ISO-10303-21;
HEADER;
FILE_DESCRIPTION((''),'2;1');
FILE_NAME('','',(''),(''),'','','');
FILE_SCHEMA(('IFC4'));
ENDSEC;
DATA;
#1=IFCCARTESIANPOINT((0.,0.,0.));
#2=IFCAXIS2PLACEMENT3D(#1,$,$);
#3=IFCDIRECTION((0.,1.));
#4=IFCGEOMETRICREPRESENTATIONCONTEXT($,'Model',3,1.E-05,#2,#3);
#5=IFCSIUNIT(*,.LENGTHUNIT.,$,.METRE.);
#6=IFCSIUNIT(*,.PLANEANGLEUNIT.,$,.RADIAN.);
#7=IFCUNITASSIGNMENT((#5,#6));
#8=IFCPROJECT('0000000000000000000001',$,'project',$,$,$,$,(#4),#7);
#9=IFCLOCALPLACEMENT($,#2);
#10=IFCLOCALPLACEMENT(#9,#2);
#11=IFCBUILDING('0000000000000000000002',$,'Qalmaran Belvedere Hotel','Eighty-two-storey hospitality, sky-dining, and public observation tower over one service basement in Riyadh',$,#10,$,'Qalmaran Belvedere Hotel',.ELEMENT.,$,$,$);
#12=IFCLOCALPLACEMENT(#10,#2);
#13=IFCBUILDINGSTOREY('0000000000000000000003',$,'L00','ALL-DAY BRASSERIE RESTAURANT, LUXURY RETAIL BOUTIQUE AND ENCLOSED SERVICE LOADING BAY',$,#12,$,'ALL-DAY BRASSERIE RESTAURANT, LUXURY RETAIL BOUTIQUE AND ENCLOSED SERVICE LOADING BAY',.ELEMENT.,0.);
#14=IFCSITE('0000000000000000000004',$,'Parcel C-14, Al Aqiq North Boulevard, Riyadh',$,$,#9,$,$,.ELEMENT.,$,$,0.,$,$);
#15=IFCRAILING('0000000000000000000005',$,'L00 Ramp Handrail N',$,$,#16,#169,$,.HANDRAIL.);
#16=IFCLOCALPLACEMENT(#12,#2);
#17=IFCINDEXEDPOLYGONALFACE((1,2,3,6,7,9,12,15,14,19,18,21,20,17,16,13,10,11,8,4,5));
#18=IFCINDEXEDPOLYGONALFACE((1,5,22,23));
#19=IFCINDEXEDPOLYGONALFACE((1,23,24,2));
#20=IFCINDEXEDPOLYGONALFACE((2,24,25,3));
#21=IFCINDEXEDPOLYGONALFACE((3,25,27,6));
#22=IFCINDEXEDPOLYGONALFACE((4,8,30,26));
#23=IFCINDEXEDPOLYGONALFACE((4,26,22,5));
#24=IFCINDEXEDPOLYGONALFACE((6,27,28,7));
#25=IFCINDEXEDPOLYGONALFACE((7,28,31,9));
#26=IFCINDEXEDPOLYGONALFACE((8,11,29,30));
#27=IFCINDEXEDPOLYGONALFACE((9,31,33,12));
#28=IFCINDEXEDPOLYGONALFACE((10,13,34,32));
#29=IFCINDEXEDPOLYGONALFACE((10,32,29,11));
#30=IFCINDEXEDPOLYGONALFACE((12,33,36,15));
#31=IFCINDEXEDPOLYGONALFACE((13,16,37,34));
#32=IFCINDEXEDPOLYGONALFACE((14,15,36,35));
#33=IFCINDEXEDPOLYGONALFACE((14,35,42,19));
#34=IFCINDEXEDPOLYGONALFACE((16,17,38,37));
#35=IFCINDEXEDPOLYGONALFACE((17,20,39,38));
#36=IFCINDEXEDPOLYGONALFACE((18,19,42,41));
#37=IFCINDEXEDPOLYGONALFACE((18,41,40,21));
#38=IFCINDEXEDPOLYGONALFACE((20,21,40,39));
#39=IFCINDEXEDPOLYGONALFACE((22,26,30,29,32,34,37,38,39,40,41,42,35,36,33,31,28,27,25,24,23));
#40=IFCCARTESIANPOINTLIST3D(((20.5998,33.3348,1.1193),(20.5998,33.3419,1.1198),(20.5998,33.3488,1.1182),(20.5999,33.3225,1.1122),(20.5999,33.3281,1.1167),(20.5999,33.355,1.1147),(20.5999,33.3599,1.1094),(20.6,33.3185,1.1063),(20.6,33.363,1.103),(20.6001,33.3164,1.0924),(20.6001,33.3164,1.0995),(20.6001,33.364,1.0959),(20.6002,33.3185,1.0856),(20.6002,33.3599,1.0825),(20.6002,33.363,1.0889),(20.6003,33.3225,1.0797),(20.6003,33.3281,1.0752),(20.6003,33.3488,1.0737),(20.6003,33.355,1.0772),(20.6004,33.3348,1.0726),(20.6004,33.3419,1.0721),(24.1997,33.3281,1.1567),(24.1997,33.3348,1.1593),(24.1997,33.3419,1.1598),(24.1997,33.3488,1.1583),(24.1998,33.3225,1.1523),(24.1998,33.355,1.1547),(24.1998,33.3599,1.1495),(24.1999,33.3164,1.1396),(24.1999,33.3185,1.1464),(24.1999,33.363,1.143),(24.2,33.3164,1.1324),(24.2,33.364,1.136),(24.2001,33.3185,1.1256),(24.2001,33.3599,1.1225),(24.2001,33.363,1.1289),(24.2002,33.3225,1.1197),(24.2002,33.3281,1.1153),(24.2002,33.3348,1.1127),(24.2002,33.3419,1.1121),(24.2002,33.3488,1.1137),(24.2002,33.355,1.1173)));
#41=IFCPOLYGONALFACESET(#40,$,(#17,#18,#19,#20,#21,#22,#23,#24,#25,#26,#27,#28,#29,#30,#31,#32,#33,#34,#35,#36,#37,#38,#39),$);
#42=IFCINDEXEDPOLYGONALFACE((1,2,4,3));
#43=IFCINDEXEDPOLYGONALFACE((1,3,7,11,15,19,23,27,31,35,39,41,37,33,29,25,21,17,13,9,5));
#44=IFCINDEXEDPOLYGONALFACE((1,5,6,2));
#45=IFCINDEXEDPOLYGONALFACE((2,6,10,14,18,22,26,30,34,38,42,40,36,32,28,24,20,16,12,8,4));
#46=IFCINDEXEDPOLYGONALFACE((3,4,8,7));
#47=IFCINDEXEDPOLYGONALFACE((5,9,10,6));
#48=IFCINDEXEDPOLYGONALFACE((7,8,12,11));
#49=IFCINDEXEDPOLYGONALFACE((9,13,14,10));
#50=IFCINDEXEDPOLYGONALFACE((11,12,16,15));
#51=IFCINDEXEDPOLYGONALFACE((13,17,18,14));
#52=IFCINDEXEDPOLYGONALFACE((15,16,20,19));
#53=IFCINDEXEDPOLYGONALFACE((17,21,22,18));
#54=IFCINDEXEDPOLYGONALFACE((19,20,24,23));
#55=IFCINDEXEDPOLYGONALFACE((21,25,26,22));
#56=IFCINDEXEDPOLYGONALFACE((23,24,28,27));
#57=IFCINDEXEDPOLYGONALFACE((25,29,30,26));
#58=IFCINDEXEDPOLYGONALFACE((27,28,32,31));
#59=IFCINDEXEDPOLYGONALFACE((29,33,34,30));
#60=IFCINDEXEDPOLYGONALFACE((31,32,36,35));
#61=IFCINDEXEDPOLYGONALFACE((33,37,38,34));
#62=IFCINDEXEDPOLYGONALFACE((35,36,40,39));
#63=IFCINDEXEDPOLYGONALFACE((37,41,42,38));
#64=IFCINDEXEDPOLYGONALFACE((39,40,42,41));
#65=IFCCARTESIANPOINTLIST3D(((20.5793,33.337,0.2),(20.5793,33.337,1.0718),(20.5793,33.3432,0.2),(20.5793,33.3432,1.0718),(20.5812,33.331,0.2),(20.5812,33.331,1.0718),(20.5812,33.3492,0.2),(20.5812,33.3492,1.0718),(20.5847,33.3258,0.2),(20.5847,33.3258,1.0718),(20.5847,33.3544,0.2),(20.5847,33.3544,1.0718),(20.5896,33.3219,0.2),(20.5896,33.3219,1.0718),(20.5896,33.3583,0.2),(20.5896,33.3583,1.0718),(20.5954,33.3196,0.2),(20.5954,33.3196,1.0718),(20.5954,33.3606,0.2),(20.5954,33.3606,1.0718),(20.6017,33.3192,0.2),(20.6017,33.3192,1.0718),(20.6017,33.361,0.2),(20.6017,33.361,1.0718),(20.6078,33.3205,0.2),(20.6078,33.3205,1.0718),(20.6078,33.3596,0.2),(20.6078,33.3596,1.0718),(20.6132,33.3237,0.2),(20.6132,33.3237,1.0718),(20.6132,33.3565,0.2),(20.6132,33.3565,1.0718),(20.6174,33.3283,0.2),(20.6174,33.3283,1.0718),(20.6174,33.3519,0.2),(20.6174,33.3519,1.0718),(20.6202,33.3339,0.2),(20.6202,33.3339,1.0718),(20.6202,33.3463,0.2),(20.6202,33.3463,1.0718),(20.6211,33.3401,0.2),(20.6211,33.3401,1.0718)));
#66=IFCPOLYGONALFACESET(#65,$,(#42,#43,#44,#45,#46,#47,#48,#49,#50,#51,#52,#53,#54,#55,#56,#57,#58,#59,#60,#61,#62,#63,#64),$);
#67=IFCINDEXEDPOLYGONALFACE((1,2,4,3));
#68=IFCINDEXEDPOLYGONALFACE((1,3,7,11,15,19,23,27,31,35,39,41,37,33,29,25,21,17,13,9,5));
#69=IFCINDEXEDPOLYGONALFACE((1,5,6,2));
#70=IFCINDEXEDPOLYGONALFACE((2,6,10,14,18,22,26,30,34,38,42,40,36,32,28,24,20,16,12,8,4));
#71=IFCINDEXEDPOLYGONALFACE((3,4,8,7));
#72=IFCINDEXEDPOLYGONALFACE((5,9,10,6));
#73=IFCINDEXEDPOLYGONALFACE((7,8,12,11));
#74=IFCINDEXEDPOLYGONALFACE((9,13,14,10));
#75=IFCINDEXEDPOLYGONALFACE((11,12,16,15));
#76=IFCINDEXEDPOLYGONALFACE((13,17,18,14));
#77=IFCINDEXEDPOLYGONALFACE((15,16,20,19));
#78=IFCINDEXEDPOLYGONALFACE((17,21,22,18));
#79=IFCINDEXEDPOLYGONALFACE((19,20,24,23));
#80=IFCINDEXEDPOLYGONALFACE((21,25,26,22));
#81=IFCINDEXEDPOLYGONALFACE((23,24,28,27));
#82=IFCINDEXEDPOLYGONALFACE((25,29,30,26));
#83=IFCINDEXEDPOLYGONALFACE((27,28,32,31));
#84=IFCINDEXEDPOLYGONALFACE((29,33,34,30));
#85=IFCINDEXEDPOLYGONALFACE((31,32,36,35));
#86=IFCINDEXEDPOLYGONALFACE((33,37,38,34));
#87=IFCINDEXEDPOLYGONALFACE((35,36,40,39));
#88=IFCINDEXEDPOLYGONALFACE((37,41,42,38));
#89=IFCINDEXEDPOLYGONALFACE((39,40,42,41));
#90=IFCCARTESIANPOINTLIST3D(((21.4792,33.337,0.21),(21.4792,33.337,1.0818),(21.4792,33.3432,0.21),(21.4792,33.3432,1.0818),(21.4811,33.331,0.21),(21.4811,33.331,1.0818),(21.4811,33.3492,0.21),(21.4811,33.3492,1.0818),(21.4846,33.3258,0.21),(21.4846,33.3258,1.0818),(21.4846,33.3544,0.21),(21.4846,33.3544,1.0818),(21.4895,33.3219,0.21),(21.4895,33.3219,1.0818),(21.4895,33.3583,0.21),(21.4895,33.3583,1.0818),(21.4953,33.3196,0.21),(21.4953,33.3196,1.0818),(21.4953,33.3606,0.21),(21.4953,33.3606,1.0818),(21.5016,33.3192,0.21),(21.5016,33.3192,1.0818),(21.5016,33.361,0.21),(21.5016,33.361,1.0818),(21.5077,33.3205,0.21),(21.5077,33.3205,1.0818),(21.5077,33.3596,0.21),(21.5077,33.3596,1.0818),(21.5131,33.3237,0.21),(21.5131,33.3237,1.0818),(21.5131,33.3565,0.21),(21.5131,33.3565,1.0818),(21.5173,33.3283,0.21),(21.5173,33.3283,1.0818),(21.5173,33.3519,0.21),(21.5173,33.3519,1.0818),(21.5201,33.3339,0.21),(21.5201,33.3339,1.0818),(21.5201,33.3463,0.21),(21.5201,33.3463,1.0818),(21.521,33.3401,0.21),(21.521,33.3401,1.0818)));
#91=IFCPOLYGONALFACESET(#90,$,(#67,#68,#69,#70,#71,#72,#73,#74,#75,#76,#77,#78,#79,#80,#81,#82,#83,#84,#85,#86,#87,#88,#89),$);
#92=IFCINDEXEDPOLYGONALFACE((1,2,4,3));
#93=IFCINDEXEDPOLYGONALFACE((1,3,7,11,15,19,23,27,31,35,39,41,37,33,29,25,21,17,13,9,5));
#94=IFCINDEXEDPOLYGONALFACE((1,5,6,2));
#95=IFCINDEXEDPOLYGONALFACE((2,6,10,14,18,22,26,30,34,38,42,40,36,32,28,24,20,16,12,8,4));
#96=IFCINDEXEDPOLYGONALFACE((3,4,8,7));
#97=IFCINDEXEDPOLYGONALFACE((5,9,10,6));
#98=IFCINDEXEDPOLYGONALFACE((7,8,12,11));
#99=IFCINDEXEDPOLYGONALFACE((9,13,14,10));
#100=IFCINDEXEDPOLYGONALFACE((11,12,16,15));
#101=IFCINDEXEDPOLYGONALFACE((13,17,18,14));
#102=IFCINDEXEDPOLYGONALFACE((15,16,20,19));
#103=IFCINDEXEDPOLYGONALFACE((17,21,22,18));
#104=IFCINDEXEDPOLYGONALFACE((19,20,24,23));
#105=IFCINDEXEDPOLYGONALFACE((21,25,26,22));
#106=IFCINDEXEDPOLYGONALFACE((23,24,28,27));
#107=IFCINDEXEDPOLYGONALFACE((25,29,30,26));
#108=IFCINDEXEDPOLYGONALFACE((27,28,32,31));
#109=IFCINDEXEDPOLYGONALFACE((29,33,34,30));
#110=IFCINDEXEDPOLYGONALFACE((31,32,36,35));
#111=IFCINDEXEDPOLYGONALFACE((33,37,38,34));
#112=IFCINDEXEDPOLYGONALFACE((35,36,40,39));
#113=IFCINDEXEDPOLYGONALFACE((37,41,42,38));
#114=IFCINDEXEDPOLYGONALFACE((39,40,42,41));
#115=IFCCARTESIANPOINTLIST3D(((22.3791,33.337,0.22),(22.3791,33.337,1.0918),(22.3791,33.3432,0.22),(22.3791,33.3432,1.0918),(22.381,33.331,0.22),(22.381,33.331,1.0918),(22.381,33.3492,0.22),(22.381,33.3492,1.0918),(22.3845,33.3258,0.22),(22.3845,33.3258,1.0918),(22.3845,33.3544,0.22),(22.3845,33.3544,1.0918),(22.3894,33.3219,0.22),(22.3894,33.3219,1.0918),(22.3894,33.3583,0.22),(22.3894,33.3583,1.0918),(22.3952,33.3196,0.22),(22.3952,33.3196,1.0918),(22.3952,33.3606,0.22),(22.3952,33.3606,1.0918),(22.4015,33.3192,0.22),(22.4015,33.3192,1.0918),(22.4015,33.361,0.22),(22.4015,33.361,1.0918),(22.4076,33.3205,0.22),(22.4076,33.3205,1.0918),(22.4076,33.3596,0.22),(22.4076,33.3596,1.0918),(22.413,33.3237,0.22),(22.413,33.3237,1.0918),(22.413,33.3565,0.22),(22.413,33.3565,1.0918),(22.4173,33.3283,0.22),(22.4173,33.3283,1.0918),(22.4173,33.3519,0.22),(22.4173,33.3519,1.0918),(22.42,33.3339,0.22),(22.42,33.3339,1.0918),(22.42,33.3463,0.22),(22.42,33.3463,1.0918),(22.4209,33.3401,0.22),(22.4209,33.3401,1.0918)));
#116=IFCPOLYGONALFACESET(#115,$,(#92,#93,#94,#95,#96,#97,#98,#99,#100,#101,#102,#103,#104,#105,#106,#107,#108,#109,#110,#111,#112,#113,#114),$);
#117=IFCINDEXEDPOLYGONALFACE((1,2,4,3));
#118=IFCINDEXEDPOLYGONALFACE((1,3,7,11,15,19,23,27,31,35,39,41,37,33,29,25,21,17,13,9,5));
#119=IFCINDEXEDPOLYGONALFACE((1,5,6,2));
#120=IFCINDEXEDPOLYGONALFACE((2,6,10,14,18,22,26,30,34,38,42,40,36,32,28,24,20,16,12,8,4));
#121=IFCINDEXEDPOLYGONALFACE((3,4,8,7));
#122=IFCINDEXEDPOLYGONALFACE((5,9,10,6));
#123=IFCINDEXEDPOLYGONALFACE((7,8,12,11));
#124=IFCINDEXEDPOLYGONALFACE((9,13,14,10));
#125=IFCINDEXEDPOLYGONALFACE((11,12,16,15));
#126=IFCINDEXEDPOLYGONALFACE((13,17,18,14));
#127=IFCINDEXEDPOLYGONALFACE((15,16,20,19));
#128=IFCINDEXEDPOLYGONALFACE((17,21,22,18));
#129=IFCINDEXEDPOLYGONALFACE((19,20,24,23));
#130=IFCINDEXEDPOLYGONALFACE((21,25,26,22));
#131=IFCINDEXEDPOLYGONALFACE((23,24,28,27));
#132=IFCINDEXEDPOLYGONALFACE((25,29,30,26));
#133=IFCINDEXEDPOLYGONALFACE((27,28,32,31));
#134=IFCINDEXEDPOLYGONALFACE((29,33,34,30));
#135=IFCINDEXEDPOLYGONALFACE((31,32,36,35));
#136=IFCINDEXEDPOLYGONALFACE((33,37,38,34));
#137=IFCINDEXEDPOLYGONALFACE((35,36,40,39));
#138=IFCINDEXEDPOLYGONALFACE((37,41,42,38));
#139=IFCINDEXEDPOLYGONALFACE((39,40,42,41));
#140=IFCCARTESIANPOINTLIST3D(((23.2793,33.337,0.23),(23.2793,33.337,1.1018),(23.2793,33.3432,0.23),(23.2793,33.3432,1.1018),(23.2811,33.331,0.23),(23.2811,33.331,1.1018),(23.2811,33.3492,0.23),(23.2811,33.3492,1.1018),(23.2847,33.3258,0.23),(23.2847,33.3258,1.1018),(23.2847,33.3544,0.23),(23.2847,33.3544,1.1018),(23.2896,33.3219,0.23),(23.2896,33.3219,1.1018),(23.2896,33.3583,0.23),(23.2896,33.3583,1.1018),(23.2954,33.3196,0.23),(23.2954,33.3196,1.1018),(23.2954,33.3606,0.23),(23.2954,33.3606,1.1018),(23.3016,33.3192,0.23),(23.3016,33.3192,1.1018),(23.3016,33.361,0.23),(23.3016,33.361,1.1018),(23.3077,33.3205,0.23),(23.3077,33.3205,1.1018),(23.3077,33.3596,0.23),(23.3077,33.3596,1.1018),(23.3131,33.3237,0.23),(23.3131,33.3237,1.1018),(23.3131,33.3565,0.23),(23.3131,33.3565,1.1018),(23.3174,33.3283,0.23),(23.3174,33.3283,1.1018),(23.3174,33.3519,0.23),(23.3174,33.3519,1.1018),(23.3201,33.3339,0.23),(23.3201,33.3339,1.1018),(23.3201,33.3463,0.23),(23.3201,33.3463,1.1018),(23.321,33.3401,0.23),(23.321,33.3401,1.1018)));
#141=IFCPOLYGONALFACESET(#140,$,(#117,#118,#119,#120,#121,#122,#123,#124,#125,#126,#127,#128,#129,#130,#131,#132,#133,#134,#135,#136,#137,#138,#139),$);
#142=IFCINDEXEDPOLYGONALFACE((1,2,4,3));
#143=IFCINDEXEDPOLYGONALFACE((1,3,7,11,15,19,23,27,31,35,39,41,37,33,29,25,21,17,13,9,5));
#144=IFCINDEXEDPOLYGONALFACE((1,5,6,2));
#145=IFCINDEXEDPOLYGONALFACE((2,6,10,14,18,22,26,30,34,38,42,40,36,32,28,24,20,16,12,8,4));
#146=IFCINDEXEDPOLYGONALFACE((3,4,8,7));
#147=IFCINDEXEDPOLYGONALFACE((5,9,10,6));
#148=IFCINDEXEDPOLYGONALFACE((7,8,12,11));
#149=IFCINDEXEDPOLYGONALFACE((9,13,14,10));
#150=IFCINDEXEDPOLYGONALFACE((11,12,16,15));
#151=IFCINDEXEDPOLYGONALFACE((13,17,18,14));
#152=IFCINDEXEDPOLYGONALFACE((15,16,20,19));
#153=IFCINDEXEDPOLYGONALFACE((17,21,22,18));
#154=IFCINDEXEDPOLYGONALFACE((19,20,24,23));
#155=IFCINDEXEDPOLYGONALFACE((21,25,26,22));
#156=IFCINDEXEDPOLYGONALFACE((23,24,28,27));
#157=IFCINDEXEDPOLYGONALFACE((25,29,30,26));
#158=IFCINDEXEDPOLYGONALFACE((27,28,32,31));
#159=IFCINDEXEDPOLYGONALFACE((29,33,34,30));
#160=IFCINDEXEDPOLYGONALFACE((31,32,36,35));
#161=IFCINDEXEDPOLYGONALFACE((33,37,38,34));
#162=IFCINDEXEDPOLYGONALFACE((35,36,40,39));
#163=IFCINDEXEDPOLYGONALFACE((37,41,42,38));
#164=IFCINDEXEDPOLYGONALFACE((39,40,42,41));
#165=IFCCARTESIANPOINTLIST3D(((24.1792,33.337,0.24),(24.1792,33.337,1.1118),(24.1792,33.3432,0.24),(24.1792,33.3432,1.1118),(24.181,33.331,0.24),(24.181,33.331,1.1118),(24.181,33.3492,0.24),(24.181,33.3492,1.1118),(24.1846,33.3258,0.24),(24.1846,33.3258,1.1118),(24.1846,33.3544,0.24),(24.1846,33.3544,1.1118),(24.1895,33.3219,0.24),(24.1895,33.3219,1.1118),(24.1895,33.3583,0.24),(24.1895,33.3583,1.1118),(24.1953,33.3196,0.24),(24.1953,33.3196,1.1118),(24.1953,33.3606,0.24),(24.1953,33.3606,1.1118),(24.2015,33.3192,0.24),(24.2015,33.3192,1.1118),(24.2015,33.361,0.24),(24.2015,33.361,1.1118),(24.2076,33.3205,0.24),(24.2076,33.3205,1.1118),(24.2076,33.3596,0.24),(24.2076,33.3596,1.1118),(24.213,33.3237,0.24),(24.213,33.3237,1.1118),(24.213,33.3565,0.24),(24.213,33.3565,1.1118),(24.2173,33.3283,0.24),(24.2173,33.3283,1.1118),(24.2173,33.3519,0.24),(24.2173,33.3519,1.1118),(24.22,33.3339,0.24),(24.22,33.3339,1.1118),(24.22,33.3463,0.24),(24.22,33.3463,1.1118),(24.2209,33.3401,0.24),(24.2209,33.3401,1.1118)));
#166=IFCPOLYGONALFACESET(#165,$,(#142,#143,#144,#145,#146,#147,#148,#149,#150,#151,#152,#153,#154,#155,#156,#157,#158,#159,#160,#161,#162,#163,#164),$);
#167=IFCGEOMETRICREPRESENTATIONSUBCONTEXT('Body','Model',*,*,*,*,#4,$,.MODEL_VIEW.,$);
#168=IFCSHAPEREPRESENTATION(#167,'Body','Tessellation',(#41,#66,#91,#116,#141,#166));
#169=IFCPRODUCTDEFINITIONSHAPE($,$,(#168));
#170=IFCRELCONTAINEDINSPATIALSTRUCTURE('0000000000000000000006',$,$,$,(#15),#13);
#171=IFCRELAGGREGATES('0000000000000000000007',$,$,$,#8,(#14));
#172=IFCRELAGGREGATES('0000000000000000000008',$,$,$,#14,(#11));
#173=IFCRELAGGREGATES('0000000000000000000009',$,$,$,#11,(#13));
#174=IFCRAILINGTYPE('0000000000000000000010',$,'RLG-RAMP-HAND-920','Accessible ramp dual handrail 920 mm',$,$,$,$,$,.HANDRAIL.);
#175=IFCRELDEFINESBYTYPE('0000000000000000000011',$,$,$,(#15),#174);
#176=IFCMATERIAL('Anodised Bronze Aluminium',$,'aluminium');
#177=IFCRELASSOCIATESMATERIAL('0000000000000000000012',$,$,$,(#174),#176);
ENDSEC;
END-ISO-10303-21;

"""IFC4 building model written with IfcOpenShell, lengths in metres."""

from ifc_helpers import new_model, si_unit, direction, frame, origin, origin_2d, place, context, subcontext, project, spatial, circle, extrude, material, type_object, element, save


model = new_model("IFC4")

# Units and contexts
model_context = context("Model", 3, precision=1e-05, world=origin(), true_north=direction((0.0, 1.0)))
body_context = subcontext(model_context, "Body", "Model", "MODEL_VIEW")
ifc_project = project(units=[si_unit("LENGTHUNIT", "METRE"), si_unit("PLANEANGLEUNIT", "RADIAN")], contexts=[model_context])

# Site, building, storey
site_placement = place(None, origin())
site = spatial("IfcSite", under=ifc_project, at=site_placement, Name="Parcel C-14, Al Aqiq North Boulevard, Riyadh", CompositionType="ELEMENT", RefElevation=0.0)
building_placement = place(site_placement, origin())
building = spatial("IfcBuilding", under=site, at=building_placement, Name="Qalmaran Belvedere Hotel", Description="Eighty-two-storey hospitality, sky-dining, and public observation tower over one service basement in Riyadh", LongName="Qalmaran Belvedere Hotel", CompositionType="ELEMENT")
storey_placement = place(building_placement, origin())
storey = spatial("IfcBuildingStorey", under=building, at=storey_placement, Name="L00", Description="ALL-DAY BRASSERIE RESTAURANT, LUXURY RETAIL BOUTIQUE AND ENCLOSED SERVICE LOADING BAY", LongName="ALL-DAY BRASSERIE RESTAURANT, LUXURY RETAIL BOUTIQUE AND ENCLOSED SERVICE LOADING BAY", CompositionType="ELEMENT", Elevation=0.0)

# Railing
ifc_material_1 = material(Name="Anodised Bronze Aluminium", Category="aluminium")
railing_type = type_object("IfcRailingType", Name="RLG-RAMP-HAND-920", Description="Accessible ramp dual handrail 920 mm", PredefinedType="HANDRAIL", material=ifc_material_1)
for number, where, name in (
    (1, (20.6001, 33.3401, 0.2), "L00 Ramp Handrail N"),
):
    element("IfcRailing", number, at=place(storey_placement, frame(where)), inside=storey, type_object=railing_type, Name=name, PredefinedType="HANDRAIL", context=body_context, shape_type="SweptSolid", body=[
        extrude(circle(Radius=0.0239, at=origin_2d()), frame((0.0, 0.0, 0.896), z_axis=(0.999938, 0.0, 0.011122), x_axis=(0.0, 1.0, 0.0)), (0.0, 0.0, 1.0), 3.6001),
        extrude(circle(Radius=0.021, at=origin_2d()), origin(), (0.0, 0.0, 1.0), 0.8718),
        extrude(circle(Radius=0.021, at=origin_2d()), frame((0.8999, 0.0, 0.01)), (0.0, 0.0, 1.0), 0.8718),
        extrude(circle(Radius=0.021, at=origin_2d()), frame((1.7998, 0.0, 0.02)), (0.0, 0.0, 1.0), 0.8718),
        extrude(circle(Radius=0.021, at=origin_2d()), frame((2.7, 0.0, 0.03)), (0.0, 0.0, 1.0), 0.8718),
        extrude(circle(Radius=0.021, at=origin_2d()), frame((3.5999, 0.0, 0.04)), (0.0, 0.0, 1.0), 0.8718),
    ])

save(model, "model.ifc")
